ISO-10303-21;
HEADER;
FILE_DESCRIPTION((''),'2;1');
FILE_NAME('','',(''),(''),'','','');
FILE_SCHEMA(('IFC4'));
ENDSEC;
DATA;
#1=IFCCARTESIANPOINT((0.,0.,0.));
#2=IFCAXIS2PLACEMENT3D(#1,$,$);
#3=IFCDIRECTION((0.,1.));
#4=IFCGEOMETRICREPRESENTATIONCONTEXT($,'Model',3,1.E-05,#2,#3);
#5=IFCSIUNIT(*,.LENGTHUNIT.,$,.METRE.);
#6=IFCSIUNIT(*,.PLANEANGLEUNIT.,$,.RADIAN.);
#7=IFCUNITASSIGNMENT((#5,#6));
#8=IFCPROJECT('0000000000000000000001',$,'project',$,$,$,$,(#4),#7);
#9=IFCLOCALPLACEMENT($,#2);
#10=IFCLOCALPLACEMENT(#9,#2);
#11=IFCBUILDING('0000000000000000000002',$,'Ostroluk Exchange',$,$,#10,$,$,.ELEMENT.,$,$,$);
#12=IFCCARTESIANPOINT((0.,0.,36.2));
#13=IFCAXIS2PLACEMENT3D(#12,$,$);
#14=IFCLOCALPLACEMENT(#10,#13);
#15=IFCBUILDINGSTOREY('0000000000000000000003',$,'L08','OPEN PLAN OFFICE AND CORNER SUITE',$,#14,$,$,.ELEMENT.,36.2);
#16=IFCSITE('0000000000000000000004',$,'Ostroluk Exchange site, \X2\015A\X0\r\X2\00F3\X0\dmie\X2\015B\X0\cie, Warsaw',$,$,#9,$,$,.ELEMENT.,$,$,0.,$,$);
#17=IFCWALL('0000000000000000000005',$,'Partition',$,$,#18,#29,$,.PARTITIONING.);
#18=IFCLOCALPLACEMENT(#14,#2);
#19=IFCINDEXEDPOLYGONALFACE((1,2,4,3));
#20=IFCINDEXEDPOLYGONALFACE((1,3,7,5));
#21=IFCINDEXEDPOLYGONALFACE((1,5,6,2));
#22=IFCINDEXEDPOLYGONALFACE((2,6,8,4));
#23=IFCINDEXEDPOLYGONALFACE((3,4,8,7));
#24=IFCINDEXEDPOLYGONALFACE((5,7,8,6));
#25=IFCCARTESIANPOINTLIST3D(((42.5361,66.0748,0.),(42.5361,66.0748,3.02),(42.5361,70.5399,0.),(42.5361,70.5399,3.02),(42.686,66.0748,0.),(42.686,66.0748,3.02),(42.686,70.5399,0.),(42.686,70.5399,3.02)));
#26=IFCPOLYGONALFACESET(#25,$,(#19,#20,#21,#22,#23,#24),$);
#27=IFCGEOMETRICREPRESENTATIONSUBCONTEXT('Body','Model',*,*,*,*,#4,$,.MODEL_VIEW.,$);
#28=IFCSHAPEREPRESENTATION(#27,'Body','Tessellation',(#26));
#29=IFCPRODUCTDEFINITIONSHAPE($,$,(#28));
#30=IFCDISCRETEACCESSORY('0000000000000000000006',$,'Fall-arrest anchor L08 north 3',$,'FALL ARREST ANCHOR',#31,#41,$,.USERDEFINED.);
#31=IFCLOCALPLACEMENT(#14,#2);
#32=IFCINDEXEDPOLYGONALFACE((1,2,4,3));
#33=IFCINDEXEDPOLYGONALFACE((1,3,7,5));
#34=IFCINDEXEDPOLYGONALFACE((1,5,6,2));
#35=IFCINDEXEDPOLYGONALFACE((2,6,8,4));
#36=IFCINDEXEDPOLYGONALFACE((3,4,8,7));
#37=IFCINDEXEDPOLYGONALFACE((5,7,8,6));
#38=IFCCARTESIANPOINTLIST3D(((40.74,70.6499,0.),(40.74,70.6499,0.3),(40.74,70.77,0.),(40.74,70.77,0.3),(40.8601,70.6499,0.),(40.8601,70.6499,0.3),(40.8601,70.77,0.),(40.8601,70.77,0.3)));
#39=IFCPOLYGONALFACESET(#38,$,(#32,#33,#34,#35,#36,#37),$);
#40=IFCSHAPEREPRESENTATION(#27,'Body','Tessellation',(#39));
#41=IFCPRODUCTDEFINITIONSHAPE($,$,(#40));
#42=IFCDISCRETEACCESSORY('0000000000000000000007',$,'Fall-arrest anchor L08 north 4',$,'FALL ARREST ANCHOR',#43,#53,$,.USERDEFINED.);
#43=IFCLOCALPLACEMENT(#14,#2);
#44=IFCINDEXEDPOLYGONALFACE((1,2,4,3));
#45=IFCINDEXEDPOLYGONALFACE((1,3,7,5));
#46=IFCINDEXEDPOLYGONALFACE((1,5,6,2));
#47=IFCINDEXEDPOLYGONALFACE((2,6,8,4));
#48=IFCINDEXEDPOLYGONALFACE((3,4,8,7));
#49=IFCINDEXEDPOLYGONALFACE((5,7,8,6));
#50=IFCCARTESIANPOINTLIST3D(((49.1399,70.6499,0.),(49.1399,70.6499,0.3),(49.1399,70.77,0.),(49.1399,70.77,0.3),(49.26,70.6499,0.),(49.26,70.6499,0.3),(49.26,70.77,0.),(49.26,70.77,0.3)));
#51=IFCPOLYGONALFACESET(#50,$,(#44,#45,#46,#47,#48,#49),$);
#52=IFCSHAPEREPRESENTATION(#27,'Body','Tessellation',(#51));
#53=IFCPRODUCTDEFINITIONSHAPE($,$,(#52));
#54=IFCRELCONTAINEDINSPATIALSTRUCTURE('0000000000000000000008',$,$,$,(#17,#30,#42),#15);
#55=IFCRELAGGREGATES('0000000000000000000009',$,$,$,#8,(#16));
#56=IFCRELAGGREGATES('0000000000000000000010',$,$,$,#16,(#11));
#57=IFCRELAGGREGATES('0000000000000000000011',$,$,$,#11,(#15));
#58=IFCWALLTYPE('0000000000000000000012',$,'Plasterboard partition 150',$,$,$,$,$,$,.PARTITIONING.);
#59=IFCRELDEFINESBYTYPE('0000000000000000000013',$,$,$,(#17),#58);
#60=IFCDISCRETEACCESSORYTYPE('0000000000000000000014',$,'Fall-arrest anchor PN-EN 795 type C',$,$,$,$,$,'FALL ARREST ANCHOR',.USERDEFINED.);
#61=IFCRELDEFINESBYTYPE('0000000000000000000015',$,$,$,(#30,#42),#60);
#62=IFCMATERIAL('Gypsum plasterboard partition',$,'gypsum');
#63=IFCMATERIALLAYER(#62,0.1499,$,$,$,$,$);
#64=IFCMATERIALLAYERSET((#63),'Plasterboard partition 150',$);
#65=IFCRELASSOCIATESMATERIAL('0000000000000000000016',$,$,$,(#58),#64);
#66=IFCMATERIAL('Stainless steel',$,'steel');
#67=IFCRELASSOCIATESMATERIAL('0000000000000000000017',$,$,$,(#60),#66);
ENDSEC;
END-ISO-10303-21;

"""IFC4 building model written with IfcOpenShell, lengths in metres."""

from ifc_helpers import new_model, si_unit, direction, frame, frame_2d, origin, origin_2d, place, context, subcontext, project, spatial, rectangle, extrude, material, layer, layer_set, type_object, element, save


model = new_model("IFC4")

# Units and contexts
model_context = context("Model", 3, precision=1e-05, world=origin(), true_north=direction((0.0, 1.0)))
body_context = subcontext(model_context, "Body", "Model", "MODEL_VIEW")
ifc_project = project(units=[si_unit("LENGTHUNIT", "METRE"), si_unit("PLANEANGLEUNIT", "RADIAN")], contexts=[model_context])

# Site, building, storey
site_placement = place(None, origin())
site = spatial("IfcSite", under=ifc_project, at=site_placement, Name="Ostroluk Exchange site, Śródmieście, Warsaw", CompositionType="ELEMENT", RefElevation=0.0)
building_placement = place(site_placement, origin())
building = spatial("IfcBuilding", under=site, at=building_placement, Name="Ostroluk Exchange", CompositionType="ELEMENT")
storey_placement = place(building_placement, frame((0.0, 0.0, 36.2)))
storey = spatial("IfcBuildingStorey", under=building, at=storey_placement, Name="L08", Description="OPEN PLAN OFFICE AND CORNER SUITE", CompositionType="ELEMENT", Elevation=36.2)

# Shared definitions
ifc_material_1 = material(Name="Gypsum plasterboard partition", Category="gypsum")
ifc_layer_1 = layer(ifc_material_1, 0.1499)
ifc_layer_set_1 = layer_set([ifc_layer_1], Name="Plasterboard partition 150")
wall_type = type_object("IfcWallType", Name="Plasterboard partition 150", PredefinedType="PARTITIONING", material=ifc_layer_set_1)

# Wall
for number, where, z_axis, x_axis, name in (
    (1, (42.6111, 66.075, 0.0), (0.0, 0.0, 1.0), (0.0, 1.0, 0.0), "Partition"),
):
    element("IfcWall", number, at=place(storey_placement, frame(where, z_axis=z_axis, x_axis=x_axis)), inside=storey, type_object=wall_type, Name=name, PredefinedType="PARTITIONING", context=body_context, shape_type="SweptSolid", body=[
        extrude(rectangle(XDim=4.4651, YDim=0.1499, at=frame_2d((2.2324, 0.0))), origin(), (0.0, 0.0, 1.0), 3.02),
    ])

# Discrete accessories
ifc_material_2 = material(Name="Stainless steel", Category="steel")
discrete_accessory_type = type_object("IfcDiscreteAccessoryType", Name="Fall-arrest anchor PN-EN 795 type C", ElementType="FALL ARREST ANCHOR", PredefinedType="USERDEFINED", material=ifc_material_2)
for number, where, z_axis, x_axis, name in (
    (2, (40.8, 70.71, 0.0), (0.0, 0.0, 1.0), (1.0, 0.0, 0.0), "Fall-arrest anchor L08 north 3"),
    (3, (49.2, 70.71, 0.0), (0.0, 0.0, 1.0), (1.0, 0.0, 0.0), "Fall-arrest anchor L08 north 4"),
):
    element("IfcDiscreteAccessory", number, at=place(storey_placement, frame(where, z_axis=z_axis, x_axis=x_axis)), inside=storey, type_object=discrete_accessory_type, Name=name, ObjectType="FALL ARREST ANCHOR", PredefinedType="USERDEFINED", context=body_context, shape_type="SweptSolid", body=[
        extrude(rectangle(XDim=0.1201, YDim=0.1201, at=origin_2d()), origin(), (0.0, 0.0, 1.0), 0.3),
    ])

save(model, "model.ifc")
